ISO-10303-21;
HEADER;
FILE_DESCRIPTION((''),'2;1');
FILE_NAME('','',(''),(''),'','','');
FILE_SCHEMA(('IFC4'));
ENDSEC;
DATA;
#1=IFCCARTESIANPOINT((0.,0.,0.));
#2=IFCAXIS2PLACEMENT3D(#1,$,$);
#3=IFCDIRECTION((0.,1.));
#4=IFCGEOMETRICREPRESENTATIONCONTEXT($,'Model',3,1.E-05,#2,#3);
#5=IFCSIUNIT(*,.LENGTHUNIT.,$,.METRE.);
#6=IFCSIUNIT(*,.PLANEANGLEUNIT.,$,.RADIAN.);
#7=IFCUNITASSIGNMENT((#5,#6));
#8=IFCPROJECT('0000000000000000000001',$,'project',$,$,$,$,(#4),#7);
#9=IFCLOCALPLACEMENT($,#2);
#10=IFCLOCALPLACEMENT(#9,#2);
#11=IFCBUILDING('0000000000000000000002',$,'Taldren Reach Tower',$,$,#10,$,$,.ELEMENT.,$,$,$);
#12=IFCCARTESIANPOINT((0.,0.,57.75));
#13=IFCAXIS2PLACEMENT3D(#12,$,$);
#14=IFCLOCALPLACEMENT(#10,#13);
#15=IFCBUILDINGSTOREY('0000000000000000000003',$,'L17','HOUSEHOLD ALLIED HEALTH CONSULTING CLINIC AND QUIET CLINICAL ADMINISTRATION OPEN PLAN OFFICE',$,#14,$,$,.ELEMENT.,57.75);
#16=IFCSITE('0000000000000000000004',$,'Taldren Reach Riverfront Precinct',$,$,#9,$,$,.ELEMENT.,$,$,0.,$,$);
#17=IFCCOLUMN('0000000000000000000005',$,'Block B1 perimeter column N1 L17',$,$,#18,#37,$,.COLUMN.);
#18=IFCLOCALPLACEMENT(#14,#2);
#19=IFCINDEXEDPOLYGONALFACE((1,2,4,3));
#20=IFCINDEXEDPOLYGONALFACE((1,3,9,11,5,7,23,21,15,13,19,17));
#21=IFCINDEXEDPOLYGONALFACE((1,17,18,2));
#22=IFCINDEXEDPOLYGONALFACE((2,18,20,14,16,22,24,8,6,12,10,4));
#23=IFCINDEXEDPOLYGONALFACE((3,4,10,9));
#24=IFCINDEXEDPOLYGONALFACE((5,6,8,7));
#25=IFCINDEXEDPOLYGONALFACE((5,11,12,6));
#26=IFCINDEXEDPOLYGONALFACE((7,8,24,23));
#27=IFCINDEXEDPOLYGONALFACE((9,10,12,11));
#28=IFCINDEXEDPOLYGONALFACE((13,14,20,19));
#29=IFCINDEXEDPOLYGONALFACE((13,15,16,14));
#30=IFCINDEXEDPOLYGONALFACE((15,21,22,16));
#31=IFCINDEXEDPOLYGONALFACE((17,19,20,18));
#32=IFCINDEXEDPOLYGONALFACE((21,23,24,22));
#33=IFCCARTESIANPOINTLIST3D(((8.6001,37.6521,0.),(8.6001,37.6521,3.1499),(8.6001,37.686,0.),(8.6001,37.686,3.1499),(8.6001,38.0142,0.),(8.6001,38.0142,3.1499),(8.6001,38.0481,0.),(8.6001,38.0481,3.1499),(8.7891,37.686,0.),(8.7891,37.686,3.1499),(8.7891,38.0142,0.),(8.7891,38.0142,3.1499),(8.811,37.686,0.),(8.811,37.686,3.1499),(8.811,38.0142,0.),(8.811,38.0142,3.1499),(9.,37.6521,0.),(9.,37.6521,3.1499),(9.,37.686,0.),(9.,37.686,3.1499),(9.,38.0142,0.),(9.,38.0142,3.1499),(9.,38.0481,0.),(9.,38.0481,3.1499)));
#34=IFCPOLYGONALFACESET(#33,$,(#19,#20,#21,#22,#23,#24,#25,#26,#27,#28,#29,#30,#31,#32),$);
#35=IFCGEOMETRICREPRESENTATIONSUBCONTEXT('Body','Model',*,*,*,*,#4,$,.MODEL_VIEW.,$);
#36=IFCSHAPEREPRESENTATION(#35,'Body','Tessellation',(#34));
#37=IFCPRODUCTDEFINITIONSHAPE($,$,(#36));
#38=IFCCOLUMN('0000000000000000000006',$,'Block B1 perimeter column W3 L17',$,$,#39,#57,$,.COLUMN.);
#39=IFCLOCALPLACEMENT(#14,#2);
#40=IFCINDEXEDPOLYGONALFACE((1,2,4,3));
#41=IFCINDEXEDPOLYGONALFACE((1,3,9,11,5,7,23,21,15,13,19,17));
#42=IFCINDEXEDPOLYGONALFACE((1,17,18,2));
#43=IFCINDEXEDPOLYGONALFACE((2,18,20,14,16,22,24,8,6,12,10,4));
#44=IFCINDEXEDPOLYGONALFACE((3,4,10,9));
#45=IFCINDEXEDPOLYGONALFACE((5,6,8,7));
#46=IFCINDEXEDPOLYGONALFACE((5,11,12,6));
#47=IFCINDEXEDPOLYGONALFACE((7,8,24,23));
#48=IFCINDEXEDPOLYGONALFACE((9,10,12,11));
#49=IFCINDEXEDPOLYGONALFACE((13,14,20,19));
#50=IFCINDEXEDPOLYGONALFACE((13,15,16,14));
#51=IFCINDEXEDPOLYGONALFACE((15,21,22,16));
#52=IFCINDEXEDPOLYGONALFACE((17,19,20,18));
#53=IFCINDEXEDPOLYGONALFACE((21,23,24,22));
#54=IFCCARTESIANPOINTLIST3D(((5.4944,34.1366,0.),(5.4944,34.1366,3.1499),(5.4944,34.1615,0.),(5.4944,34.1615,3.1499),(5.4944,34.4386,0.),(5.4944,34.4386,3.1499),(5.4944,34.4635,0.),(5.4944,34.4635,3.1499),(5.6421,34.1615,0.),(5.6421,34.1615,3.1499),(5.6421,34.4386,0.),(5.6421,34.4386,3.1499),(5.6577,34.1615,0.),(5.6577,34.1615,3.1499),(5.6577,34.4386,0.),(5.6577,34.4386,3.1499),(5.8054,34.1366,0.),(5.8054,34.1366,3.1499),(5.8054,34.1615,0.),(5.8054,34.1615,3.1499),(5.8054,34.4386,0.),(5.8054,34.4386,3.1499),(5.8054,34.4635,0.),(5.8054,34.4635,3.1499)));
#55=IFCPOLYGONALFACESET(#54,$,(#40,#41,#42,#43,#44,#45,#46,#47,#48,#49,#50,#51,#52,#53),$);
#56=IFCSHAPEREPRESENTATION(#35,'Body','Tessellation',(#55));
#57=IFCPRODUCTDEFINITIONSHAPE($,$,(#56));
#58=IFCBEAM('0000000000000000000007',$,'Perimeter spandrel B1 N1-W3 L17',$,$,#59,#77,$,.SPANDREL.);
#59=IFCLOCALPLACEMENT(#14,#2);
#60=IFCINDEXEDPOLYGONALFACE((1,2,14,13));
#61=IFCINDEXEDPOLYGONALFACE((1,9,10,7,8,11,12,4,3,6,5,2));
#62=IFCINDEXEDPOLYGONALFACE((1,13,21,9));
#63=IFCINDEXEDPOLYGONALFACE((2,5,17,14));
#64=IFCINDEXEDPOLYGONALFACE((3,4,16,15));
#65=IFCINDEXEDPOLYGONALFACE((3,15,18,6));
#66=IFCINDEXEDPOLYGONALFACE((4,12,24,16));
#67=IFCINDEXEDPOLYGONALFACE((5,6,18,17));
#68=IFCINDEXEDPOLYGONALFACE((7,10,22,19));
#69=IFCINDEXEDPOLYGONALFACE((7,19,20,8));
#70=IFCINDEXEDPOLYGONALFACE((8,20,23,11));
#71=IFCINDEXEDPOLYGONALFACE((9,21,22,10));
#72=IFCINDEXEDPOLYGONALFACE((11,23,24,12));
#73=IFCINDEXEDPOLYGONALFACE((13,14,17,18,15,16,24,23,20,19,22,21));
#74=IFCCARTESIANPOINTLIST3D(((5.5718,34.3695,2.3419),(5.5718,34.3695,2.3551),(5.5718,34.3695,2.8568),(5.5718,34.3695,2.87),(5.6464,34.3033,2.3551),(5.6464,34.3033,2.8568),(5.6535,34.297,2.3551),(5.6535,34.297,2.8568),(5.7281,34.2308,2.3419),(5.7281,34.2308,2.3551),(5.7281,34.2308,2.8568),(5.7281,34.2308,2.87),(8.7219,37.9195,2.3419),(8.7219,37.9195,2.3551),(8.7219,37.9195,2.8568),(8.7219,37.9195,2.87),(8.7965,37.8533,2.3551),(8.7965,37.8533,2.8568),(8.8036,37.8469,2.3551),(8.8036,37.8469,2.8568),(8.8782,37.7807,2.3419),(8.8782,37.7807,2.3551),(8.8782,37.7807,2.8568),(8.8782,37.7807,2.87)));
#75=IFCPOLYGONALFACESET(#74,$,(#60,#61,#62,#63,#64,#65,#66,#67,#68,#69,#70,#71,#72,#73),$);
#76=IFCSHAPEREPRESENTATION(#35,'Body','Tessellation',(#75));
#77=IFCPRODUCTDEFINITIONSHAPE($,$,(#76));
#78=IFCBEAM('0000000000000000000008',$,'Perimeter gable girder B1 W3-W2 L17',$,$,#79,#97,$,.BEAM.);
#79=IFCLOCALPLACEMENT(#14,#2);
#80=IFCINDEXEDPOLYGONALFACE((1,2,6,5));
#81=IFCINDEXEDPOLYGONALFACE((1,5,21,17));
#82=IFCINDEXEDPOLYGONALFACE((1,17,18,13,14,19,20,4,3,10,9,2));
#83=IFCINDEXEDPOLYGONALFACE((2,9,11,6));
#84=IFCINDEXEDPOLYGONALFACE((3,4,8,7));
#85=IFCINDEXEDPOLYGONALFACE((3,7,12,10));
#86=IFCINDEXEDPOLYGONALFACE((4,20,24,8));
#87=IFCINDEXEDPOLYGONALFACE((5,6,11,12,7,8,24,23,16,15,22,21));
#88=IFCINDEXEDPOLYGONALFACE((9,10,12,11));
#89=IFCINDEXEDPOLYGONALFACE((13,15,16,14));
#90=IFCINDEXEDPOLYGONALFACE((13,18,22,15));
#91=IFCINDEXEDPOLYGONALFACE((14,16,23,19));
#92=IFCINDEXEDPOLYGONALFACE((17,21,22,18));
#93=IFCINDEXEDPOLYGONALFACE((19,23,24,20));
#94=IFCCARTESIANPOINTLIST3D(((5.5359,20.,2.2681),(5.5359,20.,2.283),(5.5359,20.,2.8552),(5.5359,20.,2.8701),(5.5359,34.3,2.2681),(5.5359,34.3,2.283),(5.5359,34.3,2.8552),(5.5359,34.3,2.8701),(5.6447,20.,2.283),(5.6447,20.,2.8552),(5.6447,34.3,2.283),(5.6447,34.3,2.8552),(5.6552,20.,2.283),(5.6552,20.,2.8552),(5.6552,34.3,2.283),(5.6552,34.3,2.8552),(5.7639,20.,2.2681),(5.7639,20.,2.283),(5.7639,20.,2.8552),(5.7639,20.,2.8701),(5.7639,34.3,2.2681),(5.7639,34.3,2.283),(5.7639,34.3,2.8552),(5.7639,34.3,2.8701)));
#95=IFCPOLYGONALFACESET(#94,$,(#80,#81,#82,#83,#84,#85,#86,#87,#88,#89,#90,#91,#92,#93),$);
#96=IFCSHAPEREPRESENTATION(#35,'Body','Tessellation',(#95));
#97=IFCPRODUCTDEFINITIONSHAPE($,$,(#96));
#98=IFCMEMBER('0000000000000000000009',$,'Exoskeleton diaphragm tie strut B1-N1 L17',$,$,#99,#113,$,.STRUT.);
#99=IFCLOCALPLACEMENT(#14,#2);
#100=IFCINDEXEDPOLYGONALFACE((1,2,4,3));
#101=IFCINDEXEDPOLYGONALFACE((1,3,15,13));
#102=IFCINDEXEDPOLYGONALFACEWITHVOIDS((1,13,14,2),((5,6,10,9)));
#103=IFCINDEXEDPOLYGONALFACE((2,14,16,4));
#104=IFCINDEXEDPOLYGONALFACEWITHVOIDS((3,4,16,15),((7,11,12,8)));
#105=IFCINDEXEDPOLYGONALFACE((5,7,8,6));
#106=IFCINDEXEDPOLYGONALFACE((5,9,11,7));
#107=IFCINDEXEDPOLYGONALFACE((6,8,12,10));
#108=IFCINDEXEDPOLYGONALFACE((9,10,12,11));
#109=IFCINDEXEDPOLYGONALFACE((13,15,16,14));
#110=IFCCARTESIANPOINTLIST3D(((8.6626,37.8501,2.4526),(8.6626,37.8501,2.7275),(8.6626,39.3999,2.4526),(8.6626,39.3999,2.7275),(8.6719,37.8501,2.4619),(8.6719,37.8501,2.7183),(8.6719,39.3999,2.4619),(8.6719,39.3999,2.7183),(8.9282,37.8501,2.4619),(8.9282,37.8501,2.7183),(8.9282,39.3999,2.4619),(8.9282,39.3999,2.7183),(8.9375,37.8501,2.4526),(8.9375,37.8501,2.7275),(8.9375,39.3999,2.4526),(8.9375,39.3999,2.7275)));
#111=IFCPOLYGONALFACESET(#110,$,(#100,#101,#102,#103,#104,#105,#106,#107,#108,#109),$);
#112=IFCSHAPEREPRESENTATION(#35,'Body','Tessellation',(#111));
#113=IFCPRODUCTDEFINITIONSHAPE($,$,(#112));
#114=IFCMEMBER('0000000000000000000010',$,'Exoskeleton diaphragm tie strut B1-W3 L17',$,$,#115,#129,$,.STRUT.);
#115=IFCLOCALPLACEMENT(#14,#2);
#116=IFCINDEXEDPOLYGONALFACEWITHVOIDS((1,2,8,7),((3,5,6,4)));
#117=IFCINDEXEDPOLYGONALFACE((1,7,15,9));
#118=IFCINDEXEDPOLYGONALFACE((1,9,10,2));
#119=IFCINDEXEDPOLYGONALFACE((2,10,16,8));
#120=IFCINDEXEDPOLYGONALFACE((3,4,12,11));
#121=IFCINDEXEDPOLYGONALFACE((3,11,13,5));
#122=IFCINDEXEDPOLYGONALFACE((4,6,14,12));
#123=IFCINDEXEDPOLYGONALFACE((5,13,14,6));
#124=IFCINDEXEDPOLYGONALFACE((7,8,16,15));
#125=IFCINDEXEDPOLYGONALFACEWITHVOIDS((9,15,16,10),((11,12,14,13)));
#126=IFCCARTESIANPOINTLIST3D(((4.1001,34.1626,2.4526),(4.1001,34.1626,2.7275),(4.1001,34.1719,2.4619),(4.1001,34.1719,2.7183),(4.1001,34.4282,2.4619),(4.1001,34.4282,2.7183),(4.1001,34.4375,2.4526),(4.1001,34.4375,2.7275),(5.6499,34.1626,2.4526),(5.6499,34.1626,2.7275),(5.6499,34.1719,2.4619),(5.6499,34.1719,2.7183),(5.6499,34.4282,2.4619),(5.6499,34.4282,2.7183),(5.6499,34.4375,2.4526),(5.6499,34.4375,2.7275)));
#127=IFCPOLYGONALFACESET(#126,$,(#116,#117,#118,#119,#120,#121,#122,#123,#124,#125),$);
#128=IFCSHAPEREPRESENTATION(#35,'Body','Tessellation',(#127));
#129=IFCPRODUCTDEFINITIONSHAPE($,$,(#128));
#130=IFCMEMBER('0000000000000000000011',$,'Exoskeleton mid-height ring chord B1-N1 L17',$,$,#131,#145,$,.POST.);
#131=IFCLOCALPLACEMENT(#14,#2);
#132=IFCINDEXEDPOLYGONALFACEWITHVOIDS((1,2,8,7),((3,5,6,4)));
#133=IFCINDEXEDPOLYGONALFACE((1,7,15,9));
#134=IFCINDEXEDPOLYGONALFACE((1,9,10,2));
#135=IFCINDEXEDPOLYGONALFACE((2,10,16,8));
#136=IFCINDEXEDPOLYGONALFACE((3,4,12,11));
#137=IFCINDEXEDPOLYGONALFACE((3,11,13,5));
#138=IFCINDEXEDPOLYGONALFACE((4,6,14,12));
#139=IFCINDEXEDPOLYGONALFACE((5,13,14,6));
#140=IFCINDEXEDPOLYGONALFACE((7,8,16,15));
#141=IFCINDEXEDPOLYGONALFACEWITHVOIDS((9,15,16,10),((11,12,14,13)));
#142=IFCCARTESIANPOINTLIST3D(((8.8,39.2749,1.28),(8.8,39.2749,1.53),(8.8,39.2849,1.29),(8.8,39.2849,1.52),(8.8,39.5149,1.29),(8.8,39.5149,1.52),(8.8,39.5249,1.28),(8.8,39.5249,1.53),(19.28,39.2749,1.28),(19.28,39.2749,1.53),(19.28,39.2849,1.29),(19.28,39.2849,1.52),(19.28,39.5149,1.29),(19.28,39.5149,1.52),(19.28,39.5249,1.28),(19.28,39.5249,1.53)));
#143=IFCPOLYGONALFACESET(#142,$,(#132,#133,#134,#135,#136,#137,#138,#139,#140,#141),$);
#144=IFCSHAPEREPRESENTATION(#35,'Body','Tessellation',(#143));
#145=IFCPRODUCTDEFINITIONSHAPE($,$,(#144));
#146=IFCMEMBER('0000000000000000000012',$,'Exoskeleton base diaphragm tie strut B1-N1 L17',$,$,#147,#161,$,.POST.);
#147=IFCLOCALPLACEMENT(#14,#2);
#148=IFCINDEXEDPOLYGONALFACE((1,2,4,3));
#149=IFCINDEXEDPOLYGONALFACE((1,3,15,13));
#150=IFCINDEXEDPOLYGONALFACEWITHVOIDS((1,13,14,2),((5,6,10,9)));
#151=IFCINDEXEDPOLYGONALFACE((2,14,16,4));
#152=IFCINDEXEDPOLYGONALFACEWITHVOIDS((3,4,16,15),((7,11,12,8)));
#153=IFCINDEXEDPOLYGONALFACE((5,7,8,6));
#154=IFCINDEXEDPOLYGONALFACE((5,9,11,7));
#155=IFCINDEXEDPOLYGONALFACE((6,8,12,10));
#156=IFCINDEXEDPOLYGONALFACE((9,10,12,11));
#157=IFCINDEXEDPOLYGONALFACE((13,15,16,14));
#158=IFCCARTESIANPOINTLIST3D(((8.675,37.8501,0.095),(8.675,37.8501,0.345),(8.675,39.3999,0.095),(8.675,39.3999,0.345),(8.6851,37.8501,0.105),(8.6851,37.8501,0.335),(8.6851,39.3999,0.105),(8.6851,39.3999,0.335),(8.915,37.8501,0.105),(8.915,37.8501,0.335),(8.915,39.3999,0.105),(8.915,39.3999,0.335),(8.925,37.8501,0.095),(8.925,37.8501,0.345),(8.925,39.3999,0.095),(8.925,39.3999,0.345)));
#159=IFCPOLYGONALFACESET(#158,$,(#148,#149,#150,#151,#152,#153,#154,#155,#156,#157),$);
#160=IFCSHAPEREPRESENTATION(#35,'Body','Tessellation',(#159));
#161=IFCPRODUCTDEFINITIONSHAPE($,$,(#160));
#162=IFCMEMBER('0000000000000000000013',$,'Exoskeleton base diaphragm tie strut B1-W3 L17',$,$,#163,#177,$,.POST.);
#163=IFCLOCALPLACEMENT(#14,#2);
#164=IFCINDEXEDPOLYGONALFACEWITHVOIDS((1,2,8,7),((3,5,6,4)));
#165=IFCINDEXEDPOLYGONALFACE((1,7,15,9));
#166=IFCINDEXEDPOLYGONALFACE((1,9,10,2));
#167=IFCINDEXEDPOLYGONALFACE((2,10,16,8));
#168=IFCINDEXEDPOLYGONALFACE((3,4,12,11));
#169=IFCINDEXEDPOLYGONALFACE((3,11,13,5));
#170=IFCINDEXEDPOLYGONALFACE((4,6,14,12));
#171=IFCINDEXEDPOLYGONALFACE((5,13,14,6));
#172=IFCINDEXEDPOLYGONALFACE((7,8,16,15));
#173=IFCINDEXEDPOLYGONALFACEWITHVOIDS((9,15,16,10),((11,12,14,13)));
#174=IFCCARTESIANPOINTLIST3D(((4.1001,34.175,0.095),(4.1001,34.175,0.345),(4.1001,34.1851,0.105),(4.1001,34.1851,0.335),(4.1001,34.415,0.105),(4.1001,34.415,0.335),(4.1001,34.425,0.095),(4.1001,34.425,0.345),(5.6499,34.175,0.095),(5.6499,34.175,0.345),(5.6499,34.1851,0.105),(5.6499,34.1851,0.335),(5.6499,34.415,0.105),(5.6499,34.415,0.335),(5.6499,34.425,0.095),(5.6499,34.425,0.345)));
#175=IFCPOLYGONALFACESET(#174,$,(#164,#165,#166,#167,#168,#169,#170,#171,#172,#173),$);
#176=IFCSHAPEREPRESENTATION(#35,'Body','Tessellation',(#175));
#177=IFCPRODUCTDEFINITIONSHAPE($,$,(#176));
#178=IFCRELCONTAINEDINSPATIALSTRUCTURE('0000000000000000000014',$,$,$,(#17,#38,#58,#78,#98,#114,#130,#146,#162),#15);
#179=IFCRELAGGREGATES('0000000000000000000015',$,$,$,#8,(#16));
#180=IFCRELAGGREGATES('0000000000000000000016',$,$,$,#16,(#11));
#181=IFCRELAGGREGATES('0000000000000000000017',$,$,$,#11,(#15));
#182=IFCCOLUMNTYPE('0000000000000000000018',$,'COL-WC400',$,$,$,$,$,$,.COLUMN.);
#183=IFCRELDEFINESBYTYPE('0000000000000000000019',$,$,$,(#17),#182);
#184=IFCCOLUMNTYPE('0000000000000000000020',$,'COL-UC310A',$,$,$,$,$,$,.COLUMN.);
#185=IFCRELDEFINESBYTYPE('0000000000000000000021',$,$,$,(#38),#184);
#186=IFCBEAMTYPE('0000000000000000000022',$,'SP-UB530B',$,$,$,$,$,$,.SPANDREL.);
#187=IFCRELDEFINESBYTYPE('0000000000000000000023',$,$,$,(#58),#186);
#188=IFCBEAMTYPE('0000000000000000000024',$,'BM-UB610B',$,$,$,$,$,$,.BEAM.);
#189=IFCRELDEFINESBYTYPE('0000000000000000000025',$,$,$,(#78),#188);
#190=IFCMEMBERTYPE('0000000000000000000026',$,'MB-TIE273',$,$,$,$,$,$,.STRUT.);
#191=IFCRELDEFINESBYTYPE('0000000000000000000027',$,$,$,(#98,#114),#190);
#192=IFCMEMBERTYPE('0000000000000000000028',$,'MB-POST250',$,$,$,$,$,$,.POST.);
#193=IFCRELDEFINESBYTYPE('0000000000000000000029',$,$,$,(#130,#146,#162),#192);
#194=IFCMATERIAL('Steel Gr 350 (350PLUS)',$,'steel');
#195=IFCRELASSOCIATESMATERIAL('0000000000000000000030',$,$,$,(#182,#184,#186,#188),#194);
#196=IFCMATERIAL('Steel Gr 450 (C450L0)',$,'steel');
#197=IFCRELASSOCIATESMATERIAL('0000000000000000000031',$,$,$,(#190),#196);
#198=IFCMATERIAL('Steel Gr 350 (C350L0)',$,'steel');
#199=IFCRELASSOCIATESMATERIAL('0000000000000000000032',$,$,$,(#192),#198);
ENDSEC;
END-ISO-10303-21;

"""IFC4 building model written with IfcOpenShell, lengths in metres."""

from ifc_helpers import new_model, si_unit, direction, frame, origin, origin_2d, place, context, subcontext, project, spatial, hollow_rectangle, i_section, extrude, source, transform, mapped, material, material_profile, profile_set, type_object, element, save


model = new_model("IFC4")

# Units and contexts
model_context = context("Model", 3, precision=1e-05, world=origin(), true_north=direction((0.0, 1.0)))
body_context = subcontext(model_context, "Body", "Model", "MODEL_VIEW")
ifc_project = project(units=[si_unit("LENGTHUNIT", "METRE"), si_unit("PLANEANGLEUNIT", "RADIAN")], contexts=[model_context])

# Site, building, storey
site_placement = place(None, origin())
site = spatial("IfcSite", under=ifc_project, at=site_placement, Name="Taldren Reach Riverfront Precinct", CompositionType="ELEMENT", RefElevation=0.0)
building_placement = place(site_placement, origin())
building = spatial("IfcBuilding", under=site, at=building_placement, Name="Taldren Reach Tower", CompositionType="ELEMENT")
storey_placement = place(building_placement, frame((0.0, 0.0, 57.75)))
storey = spatial("IfcBuildingStorey", under=building, at=storey_placement, Name="L17", Description="HOUSEHOLD ALLIED HEALTH CONSULTING CLINIC AND QUIET CLINICAL ADMINISTRATION OPEN PLAN OFFICE", CompositionType="ELEMENT", Elevation=57.75)

# Columns
ifc_material_1 = material(Name="Steel Gr 350 (350PLUS)", Category="steel")
ifc_material_profile_1 = material_profile(ifc_material_1, i_section(OverallWidth=0.3999, OverallDepth=0.396, WebThickness=0.022, FlangeThickness=0.0339, at=origin_2d()), Name="400WC270")
ifc_profile_set_1 = profile_set([ifc_material_profile_1], Name="Steel Gr 350 (350PLUS)")
column_type_1 = type_object("IfcColumnType", Name="COL-WC400", PredefinedType="COLUMN", material=ifc_profile_set_1)
shared_shape_1 = source(origin(), body_context, "Body", "SweptSolid", [
    extrude(i_section(OverallWidth=0.3999, OverallDepth=0.396, WebThickness=0.022, FlangeThickness=0.0339, at=origin_2d()), origin(), (0.0, 0.0, 1.0), 3.1499),
])
column_1_placement = place(storey_placement, frame((8.8, 37.8501, 0.0), z_axis=(0.0, 0.0, 1.0), x_axis=(1.0, 0.0, 0.0)))
element("IfcColumn", 1, at=column_1_placement, inside=storey, type_object=column_type_1, Name="Block B1 perimeter column N1 L17", PredefinedType="COLUMN", context=body_context, shape_type="MappedRepresentation", body=[
    mapped(shared_shape_1, transform((0.0, 0.0, 0.0), scale=1.0)),
])
ifc_material_profile_2 = material_profile(ifc_material_1, i_section(OverallWidth=0.311, OverallDepth=0.3269, WebThickness=0.0156, FlangeThickness=0.0249, at=origin_2d()), Name="310UC158")
ifc_profile_set_2 = profile_set([ifc_material_profile_2], Name="Steel Gr 350 (350PLUS)")
column_type_2 = type_object("IfcColumnType", Name="COL-UC310A", PredefinedType="COLUMN", material=ifc_profile_set_2)
shared_shape_2 = source(origin(), body_context, "Body", "SweptSolid", [
    extrude(i_section(OverallWidth=0.311, OverallDepth=0.3269, WebThickness=0.0156, FlangeThickness=0.0249, at=origin_2d()), origin(), (0.0, 0.0, 1.0), 3.1499),
])
column_2_placement = place(storey_placement, frame((5.6499, 34.3, 0.0), z_axis=(0.0, 0.0, 1.0), x_axis=(1.0, 0.0, 0.0)))
element("IfcColumn", 2, at=column_2_placement, inside=storey, type_object=column_type_2, Name="Block B1 perimeter column W3 L17", PredefinedType="COLUMN", context=body_context, shape_type="MappedRepresentation", body=[
    mapped(shared_shape_2, transform((0.0, 0.0, 0.0), scale=1.0)),
])

# Beams
ifc_material_profile_3 = material_profile(ifc_material_1, i_section(OverallWidth=0.209, OverallDepth=0.5281, WebThickness=0.0095, FlangeThickness=0.0132, at=origin_2d()), Name="530UB82.0")
ifc_profile_set_3 = profile_set([ifc_material_profile_3], Name="Steel Gr 350 (350PLUS)")
beam_type_1 = type_object("IfcBeamType", Name="SP-UB530B", PredefinedType="SPANDREL", material=ifc_profile_set_3)
shared_shape_3 = source(origin(), body_context, "Body", "SweptSolid", [
    extrude(i_section(OverallWidth=0.209, OverallDepth=0.5281, WebThickness=0.0095, FlangeThickness=0.0132, at=origin_2d()), origin(), (0.0, 0.0, 1.0), 4.7461),
])
beam_1_placement = place(storey_placement, frame((8.8, 37.8501, 2.606), z_axis=(-0.663722, -0.747979, 0.0), x_axis=(0.747979, -0.663722, 0.0)))
element("IfcBeam", 3, at=beam_1_placement, inside=storey, type_object=beam_type_1, Name="Perimeter spandrel B1 N1-W3 L17", PredefinedType="SPANDREL", context=body_context, shape_type="MappedRepresentation", body=[
    mapped(shared_shape_3, transform((0.0, 0.0, 0.0), scale=1.0)),
])
ifc_material_profile_4 = material_profile(ifc_material_1, i_section(OverallWidth=0.228, OverallDepth=0.6021, WebThickness=0.0105, FlangeThickness=0.0149, at=origin_2d()), Name="610UB101")
ifc_profile_set_4 = profile_set([ifc_material_profile_4], Name="Steel Gr 350 (350PLUS)")
beam_type_2 = type_object("IfcBeamType", Name="BM-UB610B", PredefinedType="BEAM", material=ifc_profile_set_4)
shared_shape_4 = source(origin(), body_context, "Body", "SweptSolid", [
    extrude(i_section(OverallWidth=0.228, OverallDepth=0.6021, WebThickness=0.0105, FlangeThickness=0.0149, at=origin_2d()), origin(), (0.0, 0.0, 1.0), 14.3),
])
beam_2_placement = place(storey_placement, frame((5.6499, 34.3, 2.5691), z_axis=(0.0, -1.0, 0.0), x_axis=(1.0, 0.0, 0.0)))
element("IfcBeam", 4, at=beam_2_placement, inside=storey, type_object=beam_type_2, Name="Perimeter gable girder B1 W3-W2 L17", PredefinedType="BEAM", context=body_context, shape_type="MappedRepresentation", body=[
    mapped(shared_shape_4, transform((0.0, 0.0, 0.0), scale=1.0)),
])

# Members
ifc_material_2 = material(Name="Steel Gr 450 (C450L0)", Category="steel")
ifc_material_profile_5 = material_profile(ifc_material_2, hollow_rectangle(XDim=0.2749, YDim=0.2749, WallThickness=0.0093, at=origin_2d()), Name="275x275x9.3SHS")
ifc_profile_set_5 = profile_set([ifc_material_profile_5], Name="Steel Gr 450 (C450L0)")
member_type_1 = type_object("IfcMemberType", Name="MB-TIE273", PredefinedType="STRUT", material=ifc_profile_set_5)
shared_shape_5 = source(origin(), body_context, "Body", "SweptSolid", [
    extrude(hollow_rectangle(XDim=0.2749, YDim=0.2749, WallThickness=0.0093, at=origin_2d()), origin(), (0.0, 0.0, 1.0), 1.5498),
])
for number, where, z_axis, x_axis, name in (
    (5, (8.8, 37.8501, 2.5901), (0.0, 1.0, 0.0), (-1.0, 0.0, 0.0), "Exoskeleton diaphragm tie strut B1-N1 L17"),
    (6, (5.6499, 34.3, 2.5901), (-1.0, 0.0, 0.0), (0.0, -1.0, 0.0), "Exoskeleton diaphragm tie strut B1-W3 L17"),
):
    element("IfcMember", number, at=place(storey_placement, frame(where, z_axis=z_axis, x_axis=x_axis)), inside=storey, type_object=member_type_1, Name=name, PredefinedType="STRUT", context=body_context, shape_type="MappedRepresentation", body=[
        mapped(shared_shape_5, transform((0.0, 0.0, 0.0), scale=1.0)),
    ])
ifc_material_3 = material(Name="Steel Gr 350 (C350L0)", Category="steel")
ifc_material_profile_6 = material_profile(ifc_material_3, hollow_rectangle(XDim=0.25, YDim=0.25, WallThickness=0.01, at=origin_2d()), Name="250x250x10.0SHS")
ifc_profile_set_6 = profile_set([ifc_material_profile_6], Name="Steel Gr 350 (C350L0)")
member_type_2 = type_object("IfcMemberType", Name="MB-POST250", PredefinedType="POST", material=ifc_profile_set_6)
shared_shape_6 = source(origin(), body_context, "Body", "SweptSolid", [
    extrude(hollow_rectangle(XDim=0.25, YDim=0.25, WallThickness=0.01, at=origin_2d()), origin(), (0.0, 0.0, 1.0), 10.48),
])
member_1_placement = place(storey_placement, frame((8.8, 39.3999, 1.405), z_axis=(1.0, 0.0, 0.0), x_axis=(0.0, 1.0, 0.0)))
element("IfcMember", 7, at=member_1_placement, inside=storey, type_object=member_type_2, Name="Exoskeleton mid-height ring chord B1-N1 L17", PredefinedType="POST", context=body_context, shape_type="MappedRepresentation", body=[
    mapped(shared_shape_6, transform((0.0, 0.0, 0.0), scale=1.0)),
])
shared_shape_7 = source(origin(), body_context, "Body", "SweptSolid", [
    extrude(hollow_rectangle(XDim=0.25, YDim=0.25, WallThickness=0.01, at=origin_2d()), origin(), (0.0, 0.0, 1.0), 1.5498),
])
for number, where, z_axis, x_axis, name in (
    (8, (8.8, 37.8501, 0.22), (0.0, 1.0, 0.0), (-1.0, 0.0, 0.0), "Exoskeleton base diaphragm tie strut B1-N1 L17"),
    (9, (5.6499, 34.3, 0.22), (-1.0, 0.0, 0.0), (0.0, -1.0, 0.0), "Exoskeleton base diaphragm tie strut B1-W3 L17"),
):
    element("IfcMember", number, at=place(storey_placement, frame(where, z_axis=z_axis, x_axis=x_axis)), inside=storey, type_object=member_type_2, Name=name, PredefinedType="POST", context=body_context, shape_type="MappedRepresentation", body=[
        mapped(shared_shape_7, transform((0.0, 0.0, 0.0), scale=1.0)),
    ])

save(model, "model.ifc")
